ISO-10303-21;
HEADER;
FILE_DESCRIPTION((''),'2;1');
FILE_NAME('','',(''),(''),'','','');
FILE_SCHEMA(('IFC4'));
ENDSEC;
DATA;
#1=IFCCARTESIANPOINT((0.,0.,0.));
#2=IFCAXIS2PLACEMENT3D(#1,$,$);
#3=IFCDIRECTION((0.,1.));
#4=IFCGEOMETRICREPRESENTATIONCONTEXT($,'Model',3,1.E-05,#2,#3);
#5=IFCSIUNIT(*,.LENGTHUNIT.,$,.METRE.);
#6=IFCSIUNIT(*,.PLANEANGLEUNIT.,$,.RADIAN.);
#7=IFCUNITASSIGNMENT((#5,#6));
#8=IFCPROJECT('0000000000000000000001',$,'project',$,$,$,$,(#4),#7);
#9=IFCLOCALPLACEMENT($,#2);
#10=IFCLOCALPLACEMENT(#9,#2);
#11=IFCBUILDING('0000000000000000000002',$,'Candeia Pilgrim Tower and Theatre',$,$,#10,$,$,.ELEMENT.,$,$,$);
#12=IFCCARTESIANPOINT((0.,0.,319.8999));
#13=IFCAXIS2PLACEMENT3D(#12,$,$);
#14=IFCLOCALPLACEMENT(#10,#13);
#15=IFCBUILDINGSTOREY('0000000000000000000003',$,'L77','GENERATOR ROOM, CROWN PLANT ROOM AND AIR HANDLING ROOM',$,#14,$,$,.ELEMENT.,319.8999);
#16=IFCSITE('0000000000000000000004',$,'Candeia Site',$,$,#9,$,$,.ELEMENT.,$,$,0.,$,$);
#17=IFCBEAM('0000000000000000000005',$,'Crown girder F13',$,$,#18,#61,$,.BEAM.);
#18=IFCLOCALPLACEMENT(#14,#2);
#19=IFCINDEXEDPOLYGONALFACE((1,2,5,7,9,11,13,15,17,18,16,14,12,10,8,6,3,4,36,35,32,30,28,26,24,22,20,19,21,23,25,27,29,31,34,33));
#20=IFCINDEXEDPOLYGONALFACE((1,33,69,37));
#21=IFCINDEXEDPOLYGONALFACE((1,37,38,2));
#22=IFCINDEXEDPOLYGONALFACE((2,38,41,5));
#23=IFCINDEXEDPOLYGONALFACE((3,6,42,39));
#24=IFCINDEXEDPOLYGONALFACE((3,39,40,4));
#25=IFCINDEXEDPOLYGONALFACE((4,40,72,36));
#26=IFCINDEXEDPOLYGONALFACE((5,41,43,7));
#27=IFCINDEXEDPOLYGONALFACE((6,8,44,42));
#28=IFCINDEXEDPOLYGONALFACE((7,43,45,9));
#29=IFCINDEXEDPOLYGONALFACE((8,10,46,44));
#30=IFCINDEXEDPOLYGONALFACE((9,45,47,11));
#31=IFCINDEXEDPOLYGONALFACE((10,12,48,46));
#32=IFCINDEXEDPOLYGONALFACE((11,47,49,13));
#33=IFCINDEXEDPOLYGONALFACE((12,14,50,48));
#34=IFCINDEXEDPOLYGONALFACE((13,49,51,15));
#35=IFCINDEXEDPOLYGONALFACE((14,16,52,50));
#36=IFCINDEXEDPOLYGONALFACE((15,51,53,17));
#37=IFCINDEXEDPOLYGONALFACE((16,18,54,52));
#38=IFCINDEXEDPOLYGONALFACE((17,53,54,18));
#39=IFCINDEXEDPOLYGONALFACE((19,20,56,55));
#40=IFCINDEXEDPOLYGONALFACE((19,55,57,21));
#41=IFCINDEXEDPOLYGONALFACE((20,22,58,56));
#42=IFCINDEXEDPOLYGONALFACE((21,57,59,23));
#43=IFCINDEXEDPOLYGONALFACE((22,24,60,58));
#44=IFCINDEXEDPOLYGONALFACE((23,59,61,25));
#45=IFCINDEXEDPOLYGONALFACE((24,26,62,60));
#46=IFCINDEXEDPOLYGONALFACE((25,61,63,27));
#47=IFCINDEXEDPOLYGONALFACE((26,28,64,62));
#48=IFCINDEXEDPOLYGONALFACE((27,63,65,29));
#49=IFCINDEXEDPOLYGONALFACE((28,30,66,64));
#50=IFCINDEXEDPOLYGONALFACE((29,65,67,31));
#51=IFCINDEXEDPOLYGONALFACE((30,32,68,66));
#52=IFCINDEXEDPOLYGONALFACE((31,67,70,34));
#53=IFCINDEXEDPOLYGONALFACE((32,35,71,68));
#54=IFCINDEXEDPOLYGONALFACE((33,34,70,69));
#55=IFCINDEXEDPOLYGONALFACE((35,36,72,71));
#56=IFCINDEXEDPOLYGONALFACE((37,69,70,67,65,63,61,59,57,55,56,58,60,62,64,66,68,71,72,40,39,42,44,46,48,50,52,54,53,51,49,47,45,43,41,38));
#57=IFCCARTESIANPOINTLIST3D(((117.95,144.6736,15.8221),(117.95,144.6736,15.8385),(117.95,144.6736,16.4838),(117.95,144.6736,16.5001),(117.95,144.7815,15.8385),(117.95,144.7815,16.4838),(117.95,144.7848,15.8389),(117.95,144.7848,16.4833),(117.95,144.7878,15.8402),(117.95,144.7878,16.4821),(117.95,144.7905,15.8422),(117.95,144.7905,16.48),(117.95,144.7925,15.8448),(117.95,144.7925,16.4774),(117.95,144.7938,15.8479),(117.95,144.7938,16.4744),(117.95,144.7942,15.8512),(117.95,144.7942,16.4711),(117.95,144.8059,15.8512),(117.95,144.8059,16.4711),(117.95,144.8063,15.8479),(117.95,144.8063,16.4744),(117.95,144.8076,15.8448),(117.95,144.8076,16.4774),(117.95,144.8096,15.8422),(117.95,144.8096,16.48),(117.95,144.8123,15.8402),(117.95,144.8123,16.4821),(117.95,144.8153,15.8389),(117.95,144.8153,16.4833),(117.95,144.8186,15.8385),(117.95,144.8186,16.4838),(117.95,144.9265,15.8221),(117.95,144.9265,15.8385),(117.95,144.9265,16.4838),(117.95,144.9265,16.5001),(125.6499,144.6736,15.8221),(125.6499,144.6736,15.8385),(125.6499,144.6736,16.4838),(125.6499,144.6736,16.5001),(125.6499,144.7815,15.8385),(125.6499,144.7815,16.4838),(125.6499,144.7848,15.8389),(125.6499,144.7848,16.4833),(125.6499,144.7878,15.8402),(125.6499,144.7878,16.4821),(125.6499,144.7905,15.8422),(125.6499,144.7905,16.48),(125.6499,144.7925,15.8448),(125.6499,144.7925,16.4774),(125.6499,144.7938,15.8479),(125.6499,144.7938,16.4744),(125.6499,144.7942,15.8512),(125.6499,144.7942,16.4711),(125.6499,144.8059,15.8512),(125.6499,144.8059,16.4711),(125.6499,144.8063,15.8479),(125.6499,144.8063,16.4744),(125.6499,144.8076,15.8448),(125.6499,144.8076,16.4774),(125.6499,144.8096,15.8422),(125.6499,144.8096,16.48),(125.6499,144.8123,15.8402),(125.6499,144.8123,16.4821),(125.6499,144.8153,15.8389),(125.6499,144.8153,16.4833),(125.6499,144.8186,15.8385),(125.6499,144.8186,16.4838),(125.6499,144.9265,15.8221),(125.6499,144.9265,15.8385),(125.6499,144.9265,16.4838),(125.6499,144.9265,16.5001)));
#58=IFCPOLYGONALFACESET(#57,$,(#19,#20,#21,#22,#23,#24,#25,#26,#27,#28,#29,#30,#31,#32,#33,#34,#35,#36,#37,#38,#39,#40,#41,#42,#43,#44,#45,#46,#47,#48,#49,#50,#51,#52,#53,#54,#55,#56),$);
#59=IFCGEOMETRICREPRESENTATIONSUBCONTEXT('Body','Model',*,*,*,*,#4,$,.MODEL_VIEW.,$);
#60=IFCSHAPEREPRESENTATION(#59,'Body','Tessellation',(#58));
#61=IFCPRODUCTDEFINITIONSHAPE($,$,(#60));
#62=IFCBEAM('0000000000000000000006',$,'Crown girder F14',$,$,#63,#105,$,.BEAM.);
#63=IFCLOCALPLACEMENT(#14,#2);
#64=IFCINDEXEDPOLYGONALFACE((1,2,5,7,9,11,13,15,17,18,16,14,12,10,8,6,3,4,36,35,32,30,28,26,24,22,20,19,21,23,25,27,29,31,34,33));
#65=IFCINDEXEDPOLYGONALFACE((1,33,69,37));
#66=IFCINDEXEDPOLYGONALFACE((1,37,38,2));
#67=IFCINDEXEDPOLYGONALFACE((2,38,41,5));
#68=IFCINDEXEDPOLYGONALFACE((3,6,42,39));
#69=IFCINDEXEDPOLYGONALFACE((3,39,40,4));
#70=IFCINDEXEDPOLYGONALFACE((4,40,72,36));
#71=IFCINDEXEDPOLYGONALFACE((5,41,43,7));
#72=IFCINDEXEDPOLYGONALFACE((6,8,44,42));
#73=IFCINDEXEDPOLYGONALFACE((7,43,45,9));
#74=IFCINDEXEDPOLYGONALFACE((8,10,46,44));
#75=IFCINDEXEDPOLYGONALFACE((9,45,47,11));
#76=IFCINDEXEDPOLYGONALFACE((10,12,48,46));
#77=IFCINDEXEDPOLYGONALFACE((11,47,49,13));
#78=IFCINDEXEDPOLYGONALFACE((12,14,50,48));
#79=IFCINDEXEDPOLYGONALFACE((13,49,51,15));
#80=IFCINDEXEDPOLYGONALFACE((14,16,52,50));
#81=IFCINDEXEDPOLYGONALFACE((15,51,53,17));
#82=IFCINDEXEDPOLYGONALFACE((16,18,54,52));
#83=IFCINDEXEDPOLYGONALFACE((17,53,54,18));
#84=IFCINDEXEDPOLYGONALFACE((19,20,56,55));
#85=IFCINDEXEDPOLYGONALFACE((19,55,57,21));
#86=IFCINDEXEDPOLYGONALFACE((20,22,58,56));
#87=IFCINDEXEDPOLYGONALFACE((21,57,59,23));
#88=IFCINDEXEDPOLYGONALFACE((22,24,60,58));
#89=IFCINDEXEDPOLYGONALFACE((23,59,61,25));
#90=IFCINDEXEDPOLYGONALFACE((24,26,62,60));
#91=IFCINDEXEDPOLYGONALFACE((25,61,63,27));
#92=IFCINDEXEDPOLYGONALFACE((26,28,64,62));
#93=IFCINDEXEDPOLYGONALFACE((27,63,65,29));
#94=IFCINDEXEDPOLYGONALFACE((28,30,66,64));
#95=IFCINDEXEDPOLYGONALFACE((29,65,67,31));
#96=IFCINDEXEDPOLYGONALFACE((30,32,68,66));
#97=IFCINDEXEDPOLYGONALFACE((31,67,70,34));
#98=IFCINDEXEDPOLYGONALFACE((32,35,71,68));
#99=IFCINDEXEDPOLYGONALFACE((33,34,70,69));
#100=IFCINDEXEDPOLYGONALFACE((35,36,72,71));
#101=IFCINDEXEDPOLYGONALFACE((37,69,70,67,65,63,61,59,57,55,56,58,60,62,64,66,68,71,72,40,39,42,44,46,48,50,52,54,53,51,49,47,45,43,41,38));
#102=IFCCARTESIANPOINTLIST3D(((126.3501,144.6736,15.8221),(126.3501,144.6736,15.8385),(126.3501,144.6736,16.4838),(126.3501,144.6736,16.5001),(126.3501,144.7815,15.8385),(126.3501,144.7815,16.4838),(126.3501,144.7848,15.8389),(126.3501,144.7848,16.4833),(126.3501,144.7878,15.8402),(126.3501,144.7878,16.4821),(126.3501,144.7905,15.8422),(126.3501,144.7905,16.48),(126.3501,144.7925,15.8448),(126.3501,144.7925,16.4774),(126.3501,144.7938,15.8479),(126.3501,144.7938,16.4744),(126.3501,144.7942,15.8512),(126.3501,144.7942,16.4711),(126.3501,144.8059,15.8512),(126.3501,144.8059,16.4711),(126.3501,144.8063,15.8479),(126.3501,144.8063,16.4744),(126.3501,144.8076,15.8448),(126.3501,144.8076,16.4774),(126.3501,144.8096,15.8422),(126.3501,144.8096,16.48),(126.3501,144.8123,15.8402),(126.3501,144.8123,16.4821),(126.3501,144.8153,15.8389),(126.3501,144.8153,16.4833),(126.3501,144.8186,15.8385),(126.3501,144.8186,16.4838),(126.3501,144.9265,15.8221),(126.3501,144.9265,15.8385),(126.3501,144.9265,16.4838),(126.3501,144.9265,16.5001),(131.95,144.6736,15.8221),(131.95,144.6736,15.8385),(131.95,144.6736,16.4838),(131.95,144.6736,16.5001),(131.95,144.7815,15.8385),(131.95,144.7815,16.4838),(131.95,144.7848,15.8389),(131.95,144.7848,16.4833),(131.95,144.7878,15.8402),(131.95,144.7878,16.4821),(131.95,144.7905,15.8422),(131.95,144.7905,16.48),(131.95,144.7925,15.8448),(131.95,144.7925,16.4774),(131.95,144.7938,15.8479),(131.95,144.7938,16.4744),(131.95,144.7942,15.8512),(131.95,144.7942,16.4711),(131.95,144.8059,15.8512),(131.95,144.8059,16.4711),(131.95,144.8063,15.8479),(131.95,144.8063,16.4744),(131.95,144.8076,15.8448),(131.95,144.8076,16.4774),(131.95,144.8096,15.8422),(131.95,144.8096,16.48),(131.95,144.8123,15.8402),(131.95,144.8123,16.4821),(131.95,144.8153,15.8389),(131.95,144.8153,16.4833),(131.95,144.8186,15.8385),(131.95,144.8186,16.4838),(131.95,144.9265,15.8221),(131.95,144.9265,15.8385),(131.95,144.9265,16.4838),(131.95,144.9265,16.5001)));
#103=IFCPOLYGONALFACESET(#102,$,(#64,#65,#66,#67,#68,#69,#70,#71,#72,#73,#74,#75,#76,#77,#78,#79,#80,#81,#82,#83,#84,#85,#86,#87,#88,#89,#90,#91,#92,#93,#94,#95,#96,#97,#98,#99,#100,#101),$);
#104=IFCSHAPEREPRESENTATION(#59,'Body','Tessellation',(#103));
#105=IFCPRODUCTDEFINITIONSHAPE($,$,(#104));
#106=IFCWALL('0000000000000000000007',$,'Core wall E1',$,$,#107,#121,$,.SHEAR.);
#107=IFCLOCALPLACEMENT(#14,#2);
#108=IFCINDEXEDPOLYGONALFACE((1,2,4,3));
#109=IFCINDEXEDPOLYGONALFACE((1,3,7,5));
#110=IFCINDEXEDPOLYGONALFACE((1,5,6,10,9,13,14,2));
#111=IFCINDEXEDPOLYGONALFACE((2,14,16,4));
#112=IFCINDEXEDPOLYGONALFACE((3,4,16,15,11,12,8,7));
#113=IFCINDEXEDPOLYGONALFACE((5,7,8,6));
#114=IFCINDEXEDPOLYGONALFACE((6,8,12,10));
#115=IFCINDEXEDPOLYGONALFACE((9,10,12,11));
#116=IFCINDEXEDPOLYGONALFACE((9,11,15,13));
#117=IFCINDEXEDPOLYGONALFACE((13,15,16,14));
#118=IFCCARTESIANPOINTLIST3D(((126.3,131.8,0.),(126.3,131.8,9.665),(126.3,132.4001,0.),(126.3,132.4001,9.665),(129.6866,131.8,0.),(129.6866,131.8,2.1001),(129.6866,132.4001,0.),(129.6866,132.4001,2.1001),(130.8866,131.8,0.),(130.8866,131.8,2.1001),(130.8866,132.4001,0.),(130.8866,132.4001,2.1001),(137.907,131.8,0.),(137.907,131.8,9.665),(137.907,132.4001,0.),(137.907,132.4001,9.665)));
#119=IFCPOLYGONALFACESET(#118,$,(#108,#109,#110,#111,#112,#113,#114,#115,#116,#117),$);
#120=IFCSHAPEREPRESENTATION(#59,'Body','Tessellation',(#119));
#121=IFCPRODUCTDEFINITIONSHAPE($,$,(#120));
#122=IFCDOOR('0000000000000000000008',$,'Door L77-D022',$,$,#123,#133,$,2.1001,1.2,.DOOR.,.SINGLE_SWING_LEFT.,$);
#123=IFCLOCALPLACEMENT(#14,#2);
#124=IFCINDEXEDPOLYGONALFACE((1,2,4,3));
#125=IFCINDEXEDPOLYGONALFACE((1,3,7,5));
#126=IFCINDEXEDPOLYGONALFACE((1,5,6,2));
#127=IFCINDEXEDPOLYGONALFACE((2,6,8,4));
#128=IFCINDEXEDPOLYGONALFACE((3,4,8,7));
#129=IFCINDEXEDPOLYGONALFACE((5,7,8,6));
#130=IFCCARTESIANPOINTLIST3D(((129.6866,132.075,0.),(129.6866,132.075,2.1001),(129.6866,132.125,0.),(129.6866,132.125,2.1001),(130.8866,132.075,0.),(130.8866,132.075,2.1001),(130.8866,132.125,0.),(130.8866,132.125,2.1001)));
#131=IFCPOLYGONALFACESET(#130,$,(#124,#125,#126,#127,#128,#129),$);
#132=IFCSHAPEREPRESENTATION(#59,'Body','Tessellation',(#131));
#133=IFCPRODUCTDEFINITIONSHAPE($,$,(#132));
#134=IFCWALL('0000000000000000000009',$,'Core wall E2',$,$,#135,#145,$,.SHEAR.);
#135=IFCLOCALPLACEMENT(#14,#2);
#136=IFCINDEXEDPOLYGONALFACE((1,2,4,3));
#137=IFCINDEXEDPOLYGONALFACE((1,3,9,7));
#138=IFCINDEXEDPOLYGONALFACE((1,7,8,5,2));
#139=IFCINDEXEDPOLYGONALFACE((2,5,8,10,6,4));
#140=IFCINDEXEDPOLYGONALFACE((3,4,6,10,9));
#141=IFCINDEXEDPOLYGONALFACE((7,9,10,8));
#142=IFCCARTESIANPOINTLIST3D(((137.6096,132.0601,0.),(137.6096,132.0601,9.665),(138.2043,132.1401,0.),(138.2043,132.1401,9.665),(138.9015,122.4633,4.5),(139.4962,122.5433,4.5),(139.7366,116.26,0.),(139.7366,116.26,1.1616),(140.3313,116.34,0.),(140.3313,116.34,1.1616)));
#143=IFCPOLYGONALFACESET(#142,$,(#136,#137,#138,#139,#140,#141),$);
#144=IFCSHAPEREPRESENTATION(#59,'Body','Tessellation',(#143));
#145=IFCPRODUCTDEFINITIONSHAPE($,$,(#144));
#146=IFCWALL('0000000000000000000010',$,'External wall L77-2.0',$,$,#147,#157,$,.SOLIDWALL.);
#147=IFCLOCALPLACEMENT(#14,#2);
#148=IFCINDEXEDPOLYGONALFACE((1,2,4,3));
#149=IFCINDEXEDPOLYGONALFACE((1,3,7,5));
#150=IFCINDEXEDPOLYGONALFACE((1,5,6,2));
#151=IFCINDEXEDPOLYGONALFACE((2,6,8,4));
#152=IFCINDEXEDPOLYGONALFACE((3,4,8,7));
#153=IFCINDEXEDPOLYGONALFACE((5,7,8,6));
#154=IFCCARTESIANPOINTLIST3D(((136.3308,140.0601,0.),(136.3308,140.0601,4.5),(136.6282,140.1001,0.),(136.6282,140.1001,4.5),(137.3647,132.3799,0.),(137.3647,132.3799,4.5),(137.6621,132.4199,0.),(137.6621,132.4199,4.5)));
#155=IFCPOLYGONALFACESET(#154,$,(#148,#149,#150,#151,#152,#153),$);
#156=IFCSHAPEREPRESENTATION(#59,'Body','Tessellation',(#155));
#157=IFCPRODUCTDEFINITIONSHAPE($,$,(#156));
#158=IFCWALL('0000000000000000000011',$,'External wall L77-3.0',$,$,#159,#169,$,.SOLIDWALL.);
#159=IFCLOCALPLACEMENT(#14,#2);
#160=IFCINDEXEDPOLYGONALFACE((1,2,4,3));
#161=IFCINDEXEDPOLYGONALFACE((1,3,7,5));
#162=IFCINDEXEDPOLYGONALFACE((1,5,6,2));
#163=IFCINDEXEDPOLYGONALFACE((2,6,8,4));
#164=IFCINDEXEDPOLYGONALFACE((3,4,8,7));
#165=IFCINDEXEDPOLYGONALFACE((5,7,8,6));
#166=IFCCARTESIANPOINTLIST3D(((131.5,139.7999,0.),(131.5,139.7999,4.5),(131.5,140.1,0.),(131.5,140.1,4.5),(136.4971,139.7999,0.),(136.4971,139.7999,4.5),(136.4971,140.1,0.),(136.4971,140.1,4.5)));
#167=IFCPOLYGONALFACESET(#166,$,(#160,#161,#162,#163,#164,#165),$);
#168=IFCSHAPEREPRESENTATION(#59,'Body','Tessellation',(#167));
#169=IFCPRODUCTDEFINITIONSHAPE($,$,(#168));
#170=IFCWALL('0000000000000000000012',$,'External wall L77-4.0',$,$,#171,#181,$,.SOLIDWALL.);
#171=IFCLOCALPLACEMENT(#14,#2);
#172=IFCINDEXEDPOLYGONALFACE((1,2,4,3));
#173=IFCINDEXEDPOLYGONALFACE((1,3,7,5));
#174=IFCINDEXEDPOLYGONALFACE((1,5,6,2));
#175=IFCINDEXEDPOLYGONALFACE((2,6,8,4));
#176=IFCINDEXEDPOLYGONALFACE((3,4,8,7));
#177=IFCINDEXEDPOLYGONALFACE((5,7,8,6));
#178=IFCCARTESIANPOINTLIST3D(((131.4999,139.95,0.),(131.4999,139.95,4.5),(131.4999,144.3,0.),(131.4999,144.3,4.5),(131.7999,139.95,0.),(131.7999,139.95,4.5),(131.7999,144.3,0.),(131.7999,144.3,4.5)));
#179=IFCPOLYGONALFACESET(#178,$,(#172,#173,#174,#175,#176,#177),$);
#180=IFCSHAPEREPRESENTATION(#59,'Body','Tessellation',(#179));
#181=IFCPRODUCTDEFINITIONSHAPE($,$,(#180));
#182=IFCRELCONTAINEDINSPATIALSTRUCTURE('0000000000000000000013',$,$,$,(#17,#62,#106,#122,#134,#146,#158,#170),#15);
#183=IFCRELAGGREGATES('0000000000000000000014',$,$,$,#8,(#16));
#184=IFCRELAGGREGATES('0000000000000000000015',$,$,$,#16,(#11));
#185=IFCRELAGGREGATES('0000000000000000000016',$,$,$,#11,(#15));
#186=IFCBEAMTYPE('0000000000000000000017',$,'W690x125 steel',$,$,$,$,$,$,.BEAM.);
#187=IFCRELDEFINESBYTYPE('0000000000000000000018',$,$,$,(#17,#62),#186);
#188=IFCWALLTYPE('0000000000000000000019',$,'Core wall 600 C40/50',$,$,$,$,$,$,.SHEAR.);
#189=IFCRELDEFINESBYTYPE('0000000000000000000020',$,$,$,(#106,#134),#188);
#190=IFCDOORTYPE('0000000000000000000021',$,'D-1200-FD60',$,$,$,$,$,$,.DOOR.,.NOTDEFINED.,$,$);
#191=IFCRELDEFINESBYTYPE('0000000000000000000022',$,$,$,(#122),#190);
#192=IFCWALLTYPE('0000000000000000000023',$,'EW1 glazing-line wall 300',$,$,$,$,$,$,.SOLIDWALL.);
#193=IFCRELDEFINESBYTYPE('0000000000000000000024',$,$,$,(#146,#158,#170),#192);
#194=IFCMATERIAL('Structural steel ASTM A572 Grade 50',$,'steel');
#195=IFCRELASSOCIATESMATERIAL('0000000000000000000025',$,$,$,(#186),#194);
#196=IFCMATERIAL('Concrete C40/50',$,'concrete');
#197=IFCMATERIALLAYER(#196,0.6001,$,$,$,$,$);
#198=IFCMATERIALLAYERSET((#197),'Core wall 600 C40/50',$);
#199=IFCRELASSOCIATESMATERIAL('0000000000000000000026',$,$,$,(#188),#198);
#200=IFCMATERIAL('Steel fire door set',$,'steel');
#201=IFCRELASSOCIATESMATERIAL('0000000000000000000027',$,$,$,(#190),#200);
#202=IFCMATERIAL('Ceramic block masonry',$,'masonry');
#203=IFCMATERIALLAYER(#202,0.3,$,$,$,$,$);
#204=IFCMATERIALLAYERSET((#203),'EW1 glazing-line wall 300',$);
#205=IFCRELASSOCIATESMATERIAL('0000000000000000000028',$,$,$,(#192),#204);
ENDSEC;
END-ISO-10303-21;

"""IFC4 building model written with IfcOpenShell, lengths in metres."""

from ifc_helpers import new_model, si_unit, direction, frame, frame_2d, origin, origin_2d, place, context, subcontext, project, spatial, polyline, rectangle, i_section, outline, extrude, material, layer, layer_set, material_profile, profile_set, type_object, element, fill, save


model = new_model("IFC4")

# Units and contexts
model_context = context("Model", 3, precision=1e-05, world=origin(), true_north=direction((0.0, 1.0)))
body_context = subcontext(model_context, "Body", "Model", "MODEL_VIEW")
ifc_project = project(units=[si_unit("LENGTHUNIT", "METRE"), si_unit("PLANEANGLEUNIT", "RADIAN")], contexts=[model_context])

# Site, building, storey
site_placement = place(None, origin())
site = spatial("IfcSite", under=ifc_project, at=site_placement, Name="Candeia Site", CompositionType="ELEMENT", RefElevation=0.0)
building_placement = place(site_placement, origin())
building = spatial("IfcBuilding", under=site, at=building_placement, Name="Candeia Pilgrim Tower and Theatre", CompositionType="ELEMENT")
storey_placement = place(building_placement, frame((0.0, 0.0, 319.8999)))
storey = spatial("IfcBuildingStorey", under=building, at=storey_placement, Name="L77", Description="GENERATOR ROOM, CROWN PLANT ROOM AND AIR HANDLING ROOM", CompositionType="ELEMENT", Elevation=319.8999)

# Shared definitions
ifc_material_1 = material(Name="Concrete C40/50", Category="concrete")

# Beams
ifc_material_2 = material(Name="Structural steel ASTM A572 Grade 50", Category="steel")
ifc_material_profile_1 = material_profile(ifc_material_2, i_section(OverallWidth=0.2529, OverallDepth=0.678, WebThickness=0.0117, FlangeThickness=0.0164, FilletRadius=0.0127, at=origin_2d()))
ifc_profile_set_1 = profile_set([ifc_material_profile_1], Name="Structural steel ASTM A572 Grade 50")
beam_type_1 = type_object("IfcBeamType", Name="W690x125 steel", PredefinedType="BEAM", material=ifc_profile_set_1)
beam_1_placement = place(storey_placement, frame((117.95, 144.8, 16.1611), z_axis=(1.0, 0.0, 0.0), x_axis=(0.0, 1.0, 0.0)))
element("IfcBeam", 1, at=beam_1_placement, inside=storey, type_object=beam_type_1, Name="Crown girder F13", PredefinedType="BEAM", context=body_context, shape_type="SweptSolid", body=[
    extrude(i_section(OverallWidth=0.2529, OverallDepth=0.678, WebThickness=0.0117, FlangeThickness=0.0164, FilletRadius=0.0127, at=origin_2d()), origin(), (0.0, 0.0, 1.0), 7.7),
])
beam_2_placement = place(storey_placement, frame((126.3501, 144.8, 16.1611), z_axis=(1.0, 0.0, 0.0), x_axis=(0.0, 1.0, 0.0)))
element("IfcBeam", 2, at=beam_2_placement, inside=storey, type_object=beam_type_1, Name="Crown girder F14", PredefinedType="BEAM", context=body_context, shape_type="SweptSolid", body=[
    extrude(i_section(OverallWidth=0.2529, OverallDepth=0.678, WebThickness=0.0117, FlangeThickness=0.0164, FilletRadius=0.0127, at=origin_2d()), origin(), (0.0, 0.0, 1.0), 5.5999),
])

# Wall, opening, door
ifc_layer_1 = layer(ifc_material_1, 0.6001)
ifc_layer_set_1 = layer_set([ifc_layer_1], Name="Core wall 600 C40/50")
wall_type_1 = type_object("IfcWallType", Name="Core wall 600 C40/50", PredefinedType="SHEAR", material=ifc_layer_set_1)
wall_1_placement = place(storey_placement, frame((126.3, 132.1001, 0.0), z_axis=(0.0, 0.0, 1.0), x_axis=(1.0, 0.0, 0.0)))
wall_1 = element("IfcWall", 3, at=wall_1_placement, inside=storey, type_object=wall_type_1, Name="Core wall E1", PredefinedType="SHEAR", context=body_context, shape_type="SweptSolid", body=[
    extrude(outline(polyline([(0.0, 0.0), (11.6069, 0.0), (11.6069, 9.665), (0.0, 9.665), (0.0, 0.0)])), frame((0.0, 0.3, 0.0), z_axis=(0.0, -1.0, 0.0), x_axis=(1.0, 0.0, 0.0)), (0.0, 0.0, 1.0), 0.6001),
])
opening_1_placement = place(wall_1_placement, frame((3.3865, 0.0, 0.0)))
opening_1 = element("IfcOpeningElement", 4, at=opening_1_placement, cuts=wall_1, PredefinedType="OPENING", context=body_context, shape_type="SweptSolid", body=[
    extrude(rectangle(XDim=1.2, YDim=2.1001, at=frame_2d((0.6001, 1.05))), frame((0.0, 0.3101, 0.0), z_axis=(0.0, -1.0, 0.0), x_axis=(1.0, 0.0, 0.0)), (0.0, 0.0, 1.0), 0.6201),
])
ifc_material_3 = material(Name="Steel fire door set", Category="steel")
door_type_1 = type_object("IfcDoorType", Name="D-1200-FD60", OperationType="NOTDEFINED", PredefinedType="DOOR", material=ifc_material_3)
door_1_placement = place(opening_1_placement, origin())
door_1 = element("IfcDoor", 5, at=door_1_placement, inside=storey, type_object=door_type_1, Name="Door L77-D022", OperationType="SINGLE_SWING_LEFT", OverallHeight=2.1001, OverallWidth=1.2, PredefinedType="DOOR", context=body_context, shape_type="SweptSolid", body=[
    extrude(rectangle(XDim=1.2, YDim=2.1001, at=frame_2d((0.6001, 1.05))), frame((0.0, 0.0249, 0.0), z_axis=(0.0, -1.0, 0.0), x_axis=(1.0, 0.0, 0.0)), (0.0, 0.0, 1.0), 0.05),
])
fill(opening_1, door_1)

# Walls
wall_2_placement = place(storey_placement, frame((137.907, 132.1001, 0.0), z_axis=(0.0, 0.0, 1.0), x_axis=(0.133413, -0.99106, 0.0)))
element("IfcWall", 6, at=wall_2_placement, inside=storey, type_object=wall_type_1, Name="Core wall E2", PredefinedType="SHEAR", context=body_context, shape_type="SweptSolid", body=[
    extrude(outline(polyline([(0.0, 0.0), (15.9426, 0.0), (15.9426, 1.1616), (9.6833, 4.5), (0.0, 9.665), (0.0, 0.0)])), frame((0.0, 0.3, 0.0), z_axis=(0.0, -1.0, 0.0), x_axis=(1.0, 0.0, 0.0)), (0.0, 0.0, 1.0), 0.6001),
])
ifc_material_4 = material(Name="Ceramic block masonry", Category="masonry")
ifc_layer_2 = layer(ifc_material_4, 0.3)
ifc_layer_set_2 = layer_set([ifc_layer_2], Name="EW1 glazing-line wall 300")
wall_type_2 = type_object("IfcWallType", Name="EW1 glazing-line wall 300", PredefinedType="SOLIDWALL", material=ifc_layer_set_2)
wall_3_placement = place(storey_placement, frame((137.5134, 132.3999, 0.0), z_axis=(0.0, 0.0, 1.0), x_axis=(-0.13342, 0.99106, 0.0)))
element("IfcWall", 7, at=wall_3_placement, inside=storey, type_object=wall_type_2, Name="External wall L77-2.0", PredefinedType="SOLIDWALL", context=body_context, shape_type="SweptSolid", body=[
    extrude(rectangle(XDim=7.7495, YDim=0.3, at=frame_2d((3.8748, 0.0))), origin(), (0.0, 0.0, 1.0), 4.5),
])
wall_4_placement = place(storey_placement, frame((136.4971, 139.95, 0.0), z_axis=(0.0, 0.0, 1.0), x_axis=(-1.0, 0.0, 0.0)))
element("IfcWall", 8, at=wall_4_placement, inside=storey, type_object=wall_type_2, Name="External wall L77-3.0", PredefinedType="SOLIDWALL", context=body_context, shape_type="SweptSolid", body=[
    extrude(rectangle(XDim=4.9971, YDim=0.3, at=frame_2d((2.4985, 0.0))), origin(), (0.0, 0.0, 1.0), 4.5),
])
wall_5_placement = place(storey_placement, frame((131.6499, 139.95, 0.0), z_axis=(0.0, 0.0, 1.0), x_axis=(0.0, 1.0, 0.0)))
element("IfcWall", 9, at=wall_5_placement, inside=storey, type_object=wall_type_2, Name="External wall L77-4.0", PredefinedType="SOLIDWALL", context=body_context, shape_type="SweptSolid", body=[
    extrude(rectangle(XDim=4.3501, YDim=0.3, at=frame_2d((2.175, 0.0))), origin(), (0.0, 0.0, 1.0), 4.5),
])

save(model, "model.ifc")
